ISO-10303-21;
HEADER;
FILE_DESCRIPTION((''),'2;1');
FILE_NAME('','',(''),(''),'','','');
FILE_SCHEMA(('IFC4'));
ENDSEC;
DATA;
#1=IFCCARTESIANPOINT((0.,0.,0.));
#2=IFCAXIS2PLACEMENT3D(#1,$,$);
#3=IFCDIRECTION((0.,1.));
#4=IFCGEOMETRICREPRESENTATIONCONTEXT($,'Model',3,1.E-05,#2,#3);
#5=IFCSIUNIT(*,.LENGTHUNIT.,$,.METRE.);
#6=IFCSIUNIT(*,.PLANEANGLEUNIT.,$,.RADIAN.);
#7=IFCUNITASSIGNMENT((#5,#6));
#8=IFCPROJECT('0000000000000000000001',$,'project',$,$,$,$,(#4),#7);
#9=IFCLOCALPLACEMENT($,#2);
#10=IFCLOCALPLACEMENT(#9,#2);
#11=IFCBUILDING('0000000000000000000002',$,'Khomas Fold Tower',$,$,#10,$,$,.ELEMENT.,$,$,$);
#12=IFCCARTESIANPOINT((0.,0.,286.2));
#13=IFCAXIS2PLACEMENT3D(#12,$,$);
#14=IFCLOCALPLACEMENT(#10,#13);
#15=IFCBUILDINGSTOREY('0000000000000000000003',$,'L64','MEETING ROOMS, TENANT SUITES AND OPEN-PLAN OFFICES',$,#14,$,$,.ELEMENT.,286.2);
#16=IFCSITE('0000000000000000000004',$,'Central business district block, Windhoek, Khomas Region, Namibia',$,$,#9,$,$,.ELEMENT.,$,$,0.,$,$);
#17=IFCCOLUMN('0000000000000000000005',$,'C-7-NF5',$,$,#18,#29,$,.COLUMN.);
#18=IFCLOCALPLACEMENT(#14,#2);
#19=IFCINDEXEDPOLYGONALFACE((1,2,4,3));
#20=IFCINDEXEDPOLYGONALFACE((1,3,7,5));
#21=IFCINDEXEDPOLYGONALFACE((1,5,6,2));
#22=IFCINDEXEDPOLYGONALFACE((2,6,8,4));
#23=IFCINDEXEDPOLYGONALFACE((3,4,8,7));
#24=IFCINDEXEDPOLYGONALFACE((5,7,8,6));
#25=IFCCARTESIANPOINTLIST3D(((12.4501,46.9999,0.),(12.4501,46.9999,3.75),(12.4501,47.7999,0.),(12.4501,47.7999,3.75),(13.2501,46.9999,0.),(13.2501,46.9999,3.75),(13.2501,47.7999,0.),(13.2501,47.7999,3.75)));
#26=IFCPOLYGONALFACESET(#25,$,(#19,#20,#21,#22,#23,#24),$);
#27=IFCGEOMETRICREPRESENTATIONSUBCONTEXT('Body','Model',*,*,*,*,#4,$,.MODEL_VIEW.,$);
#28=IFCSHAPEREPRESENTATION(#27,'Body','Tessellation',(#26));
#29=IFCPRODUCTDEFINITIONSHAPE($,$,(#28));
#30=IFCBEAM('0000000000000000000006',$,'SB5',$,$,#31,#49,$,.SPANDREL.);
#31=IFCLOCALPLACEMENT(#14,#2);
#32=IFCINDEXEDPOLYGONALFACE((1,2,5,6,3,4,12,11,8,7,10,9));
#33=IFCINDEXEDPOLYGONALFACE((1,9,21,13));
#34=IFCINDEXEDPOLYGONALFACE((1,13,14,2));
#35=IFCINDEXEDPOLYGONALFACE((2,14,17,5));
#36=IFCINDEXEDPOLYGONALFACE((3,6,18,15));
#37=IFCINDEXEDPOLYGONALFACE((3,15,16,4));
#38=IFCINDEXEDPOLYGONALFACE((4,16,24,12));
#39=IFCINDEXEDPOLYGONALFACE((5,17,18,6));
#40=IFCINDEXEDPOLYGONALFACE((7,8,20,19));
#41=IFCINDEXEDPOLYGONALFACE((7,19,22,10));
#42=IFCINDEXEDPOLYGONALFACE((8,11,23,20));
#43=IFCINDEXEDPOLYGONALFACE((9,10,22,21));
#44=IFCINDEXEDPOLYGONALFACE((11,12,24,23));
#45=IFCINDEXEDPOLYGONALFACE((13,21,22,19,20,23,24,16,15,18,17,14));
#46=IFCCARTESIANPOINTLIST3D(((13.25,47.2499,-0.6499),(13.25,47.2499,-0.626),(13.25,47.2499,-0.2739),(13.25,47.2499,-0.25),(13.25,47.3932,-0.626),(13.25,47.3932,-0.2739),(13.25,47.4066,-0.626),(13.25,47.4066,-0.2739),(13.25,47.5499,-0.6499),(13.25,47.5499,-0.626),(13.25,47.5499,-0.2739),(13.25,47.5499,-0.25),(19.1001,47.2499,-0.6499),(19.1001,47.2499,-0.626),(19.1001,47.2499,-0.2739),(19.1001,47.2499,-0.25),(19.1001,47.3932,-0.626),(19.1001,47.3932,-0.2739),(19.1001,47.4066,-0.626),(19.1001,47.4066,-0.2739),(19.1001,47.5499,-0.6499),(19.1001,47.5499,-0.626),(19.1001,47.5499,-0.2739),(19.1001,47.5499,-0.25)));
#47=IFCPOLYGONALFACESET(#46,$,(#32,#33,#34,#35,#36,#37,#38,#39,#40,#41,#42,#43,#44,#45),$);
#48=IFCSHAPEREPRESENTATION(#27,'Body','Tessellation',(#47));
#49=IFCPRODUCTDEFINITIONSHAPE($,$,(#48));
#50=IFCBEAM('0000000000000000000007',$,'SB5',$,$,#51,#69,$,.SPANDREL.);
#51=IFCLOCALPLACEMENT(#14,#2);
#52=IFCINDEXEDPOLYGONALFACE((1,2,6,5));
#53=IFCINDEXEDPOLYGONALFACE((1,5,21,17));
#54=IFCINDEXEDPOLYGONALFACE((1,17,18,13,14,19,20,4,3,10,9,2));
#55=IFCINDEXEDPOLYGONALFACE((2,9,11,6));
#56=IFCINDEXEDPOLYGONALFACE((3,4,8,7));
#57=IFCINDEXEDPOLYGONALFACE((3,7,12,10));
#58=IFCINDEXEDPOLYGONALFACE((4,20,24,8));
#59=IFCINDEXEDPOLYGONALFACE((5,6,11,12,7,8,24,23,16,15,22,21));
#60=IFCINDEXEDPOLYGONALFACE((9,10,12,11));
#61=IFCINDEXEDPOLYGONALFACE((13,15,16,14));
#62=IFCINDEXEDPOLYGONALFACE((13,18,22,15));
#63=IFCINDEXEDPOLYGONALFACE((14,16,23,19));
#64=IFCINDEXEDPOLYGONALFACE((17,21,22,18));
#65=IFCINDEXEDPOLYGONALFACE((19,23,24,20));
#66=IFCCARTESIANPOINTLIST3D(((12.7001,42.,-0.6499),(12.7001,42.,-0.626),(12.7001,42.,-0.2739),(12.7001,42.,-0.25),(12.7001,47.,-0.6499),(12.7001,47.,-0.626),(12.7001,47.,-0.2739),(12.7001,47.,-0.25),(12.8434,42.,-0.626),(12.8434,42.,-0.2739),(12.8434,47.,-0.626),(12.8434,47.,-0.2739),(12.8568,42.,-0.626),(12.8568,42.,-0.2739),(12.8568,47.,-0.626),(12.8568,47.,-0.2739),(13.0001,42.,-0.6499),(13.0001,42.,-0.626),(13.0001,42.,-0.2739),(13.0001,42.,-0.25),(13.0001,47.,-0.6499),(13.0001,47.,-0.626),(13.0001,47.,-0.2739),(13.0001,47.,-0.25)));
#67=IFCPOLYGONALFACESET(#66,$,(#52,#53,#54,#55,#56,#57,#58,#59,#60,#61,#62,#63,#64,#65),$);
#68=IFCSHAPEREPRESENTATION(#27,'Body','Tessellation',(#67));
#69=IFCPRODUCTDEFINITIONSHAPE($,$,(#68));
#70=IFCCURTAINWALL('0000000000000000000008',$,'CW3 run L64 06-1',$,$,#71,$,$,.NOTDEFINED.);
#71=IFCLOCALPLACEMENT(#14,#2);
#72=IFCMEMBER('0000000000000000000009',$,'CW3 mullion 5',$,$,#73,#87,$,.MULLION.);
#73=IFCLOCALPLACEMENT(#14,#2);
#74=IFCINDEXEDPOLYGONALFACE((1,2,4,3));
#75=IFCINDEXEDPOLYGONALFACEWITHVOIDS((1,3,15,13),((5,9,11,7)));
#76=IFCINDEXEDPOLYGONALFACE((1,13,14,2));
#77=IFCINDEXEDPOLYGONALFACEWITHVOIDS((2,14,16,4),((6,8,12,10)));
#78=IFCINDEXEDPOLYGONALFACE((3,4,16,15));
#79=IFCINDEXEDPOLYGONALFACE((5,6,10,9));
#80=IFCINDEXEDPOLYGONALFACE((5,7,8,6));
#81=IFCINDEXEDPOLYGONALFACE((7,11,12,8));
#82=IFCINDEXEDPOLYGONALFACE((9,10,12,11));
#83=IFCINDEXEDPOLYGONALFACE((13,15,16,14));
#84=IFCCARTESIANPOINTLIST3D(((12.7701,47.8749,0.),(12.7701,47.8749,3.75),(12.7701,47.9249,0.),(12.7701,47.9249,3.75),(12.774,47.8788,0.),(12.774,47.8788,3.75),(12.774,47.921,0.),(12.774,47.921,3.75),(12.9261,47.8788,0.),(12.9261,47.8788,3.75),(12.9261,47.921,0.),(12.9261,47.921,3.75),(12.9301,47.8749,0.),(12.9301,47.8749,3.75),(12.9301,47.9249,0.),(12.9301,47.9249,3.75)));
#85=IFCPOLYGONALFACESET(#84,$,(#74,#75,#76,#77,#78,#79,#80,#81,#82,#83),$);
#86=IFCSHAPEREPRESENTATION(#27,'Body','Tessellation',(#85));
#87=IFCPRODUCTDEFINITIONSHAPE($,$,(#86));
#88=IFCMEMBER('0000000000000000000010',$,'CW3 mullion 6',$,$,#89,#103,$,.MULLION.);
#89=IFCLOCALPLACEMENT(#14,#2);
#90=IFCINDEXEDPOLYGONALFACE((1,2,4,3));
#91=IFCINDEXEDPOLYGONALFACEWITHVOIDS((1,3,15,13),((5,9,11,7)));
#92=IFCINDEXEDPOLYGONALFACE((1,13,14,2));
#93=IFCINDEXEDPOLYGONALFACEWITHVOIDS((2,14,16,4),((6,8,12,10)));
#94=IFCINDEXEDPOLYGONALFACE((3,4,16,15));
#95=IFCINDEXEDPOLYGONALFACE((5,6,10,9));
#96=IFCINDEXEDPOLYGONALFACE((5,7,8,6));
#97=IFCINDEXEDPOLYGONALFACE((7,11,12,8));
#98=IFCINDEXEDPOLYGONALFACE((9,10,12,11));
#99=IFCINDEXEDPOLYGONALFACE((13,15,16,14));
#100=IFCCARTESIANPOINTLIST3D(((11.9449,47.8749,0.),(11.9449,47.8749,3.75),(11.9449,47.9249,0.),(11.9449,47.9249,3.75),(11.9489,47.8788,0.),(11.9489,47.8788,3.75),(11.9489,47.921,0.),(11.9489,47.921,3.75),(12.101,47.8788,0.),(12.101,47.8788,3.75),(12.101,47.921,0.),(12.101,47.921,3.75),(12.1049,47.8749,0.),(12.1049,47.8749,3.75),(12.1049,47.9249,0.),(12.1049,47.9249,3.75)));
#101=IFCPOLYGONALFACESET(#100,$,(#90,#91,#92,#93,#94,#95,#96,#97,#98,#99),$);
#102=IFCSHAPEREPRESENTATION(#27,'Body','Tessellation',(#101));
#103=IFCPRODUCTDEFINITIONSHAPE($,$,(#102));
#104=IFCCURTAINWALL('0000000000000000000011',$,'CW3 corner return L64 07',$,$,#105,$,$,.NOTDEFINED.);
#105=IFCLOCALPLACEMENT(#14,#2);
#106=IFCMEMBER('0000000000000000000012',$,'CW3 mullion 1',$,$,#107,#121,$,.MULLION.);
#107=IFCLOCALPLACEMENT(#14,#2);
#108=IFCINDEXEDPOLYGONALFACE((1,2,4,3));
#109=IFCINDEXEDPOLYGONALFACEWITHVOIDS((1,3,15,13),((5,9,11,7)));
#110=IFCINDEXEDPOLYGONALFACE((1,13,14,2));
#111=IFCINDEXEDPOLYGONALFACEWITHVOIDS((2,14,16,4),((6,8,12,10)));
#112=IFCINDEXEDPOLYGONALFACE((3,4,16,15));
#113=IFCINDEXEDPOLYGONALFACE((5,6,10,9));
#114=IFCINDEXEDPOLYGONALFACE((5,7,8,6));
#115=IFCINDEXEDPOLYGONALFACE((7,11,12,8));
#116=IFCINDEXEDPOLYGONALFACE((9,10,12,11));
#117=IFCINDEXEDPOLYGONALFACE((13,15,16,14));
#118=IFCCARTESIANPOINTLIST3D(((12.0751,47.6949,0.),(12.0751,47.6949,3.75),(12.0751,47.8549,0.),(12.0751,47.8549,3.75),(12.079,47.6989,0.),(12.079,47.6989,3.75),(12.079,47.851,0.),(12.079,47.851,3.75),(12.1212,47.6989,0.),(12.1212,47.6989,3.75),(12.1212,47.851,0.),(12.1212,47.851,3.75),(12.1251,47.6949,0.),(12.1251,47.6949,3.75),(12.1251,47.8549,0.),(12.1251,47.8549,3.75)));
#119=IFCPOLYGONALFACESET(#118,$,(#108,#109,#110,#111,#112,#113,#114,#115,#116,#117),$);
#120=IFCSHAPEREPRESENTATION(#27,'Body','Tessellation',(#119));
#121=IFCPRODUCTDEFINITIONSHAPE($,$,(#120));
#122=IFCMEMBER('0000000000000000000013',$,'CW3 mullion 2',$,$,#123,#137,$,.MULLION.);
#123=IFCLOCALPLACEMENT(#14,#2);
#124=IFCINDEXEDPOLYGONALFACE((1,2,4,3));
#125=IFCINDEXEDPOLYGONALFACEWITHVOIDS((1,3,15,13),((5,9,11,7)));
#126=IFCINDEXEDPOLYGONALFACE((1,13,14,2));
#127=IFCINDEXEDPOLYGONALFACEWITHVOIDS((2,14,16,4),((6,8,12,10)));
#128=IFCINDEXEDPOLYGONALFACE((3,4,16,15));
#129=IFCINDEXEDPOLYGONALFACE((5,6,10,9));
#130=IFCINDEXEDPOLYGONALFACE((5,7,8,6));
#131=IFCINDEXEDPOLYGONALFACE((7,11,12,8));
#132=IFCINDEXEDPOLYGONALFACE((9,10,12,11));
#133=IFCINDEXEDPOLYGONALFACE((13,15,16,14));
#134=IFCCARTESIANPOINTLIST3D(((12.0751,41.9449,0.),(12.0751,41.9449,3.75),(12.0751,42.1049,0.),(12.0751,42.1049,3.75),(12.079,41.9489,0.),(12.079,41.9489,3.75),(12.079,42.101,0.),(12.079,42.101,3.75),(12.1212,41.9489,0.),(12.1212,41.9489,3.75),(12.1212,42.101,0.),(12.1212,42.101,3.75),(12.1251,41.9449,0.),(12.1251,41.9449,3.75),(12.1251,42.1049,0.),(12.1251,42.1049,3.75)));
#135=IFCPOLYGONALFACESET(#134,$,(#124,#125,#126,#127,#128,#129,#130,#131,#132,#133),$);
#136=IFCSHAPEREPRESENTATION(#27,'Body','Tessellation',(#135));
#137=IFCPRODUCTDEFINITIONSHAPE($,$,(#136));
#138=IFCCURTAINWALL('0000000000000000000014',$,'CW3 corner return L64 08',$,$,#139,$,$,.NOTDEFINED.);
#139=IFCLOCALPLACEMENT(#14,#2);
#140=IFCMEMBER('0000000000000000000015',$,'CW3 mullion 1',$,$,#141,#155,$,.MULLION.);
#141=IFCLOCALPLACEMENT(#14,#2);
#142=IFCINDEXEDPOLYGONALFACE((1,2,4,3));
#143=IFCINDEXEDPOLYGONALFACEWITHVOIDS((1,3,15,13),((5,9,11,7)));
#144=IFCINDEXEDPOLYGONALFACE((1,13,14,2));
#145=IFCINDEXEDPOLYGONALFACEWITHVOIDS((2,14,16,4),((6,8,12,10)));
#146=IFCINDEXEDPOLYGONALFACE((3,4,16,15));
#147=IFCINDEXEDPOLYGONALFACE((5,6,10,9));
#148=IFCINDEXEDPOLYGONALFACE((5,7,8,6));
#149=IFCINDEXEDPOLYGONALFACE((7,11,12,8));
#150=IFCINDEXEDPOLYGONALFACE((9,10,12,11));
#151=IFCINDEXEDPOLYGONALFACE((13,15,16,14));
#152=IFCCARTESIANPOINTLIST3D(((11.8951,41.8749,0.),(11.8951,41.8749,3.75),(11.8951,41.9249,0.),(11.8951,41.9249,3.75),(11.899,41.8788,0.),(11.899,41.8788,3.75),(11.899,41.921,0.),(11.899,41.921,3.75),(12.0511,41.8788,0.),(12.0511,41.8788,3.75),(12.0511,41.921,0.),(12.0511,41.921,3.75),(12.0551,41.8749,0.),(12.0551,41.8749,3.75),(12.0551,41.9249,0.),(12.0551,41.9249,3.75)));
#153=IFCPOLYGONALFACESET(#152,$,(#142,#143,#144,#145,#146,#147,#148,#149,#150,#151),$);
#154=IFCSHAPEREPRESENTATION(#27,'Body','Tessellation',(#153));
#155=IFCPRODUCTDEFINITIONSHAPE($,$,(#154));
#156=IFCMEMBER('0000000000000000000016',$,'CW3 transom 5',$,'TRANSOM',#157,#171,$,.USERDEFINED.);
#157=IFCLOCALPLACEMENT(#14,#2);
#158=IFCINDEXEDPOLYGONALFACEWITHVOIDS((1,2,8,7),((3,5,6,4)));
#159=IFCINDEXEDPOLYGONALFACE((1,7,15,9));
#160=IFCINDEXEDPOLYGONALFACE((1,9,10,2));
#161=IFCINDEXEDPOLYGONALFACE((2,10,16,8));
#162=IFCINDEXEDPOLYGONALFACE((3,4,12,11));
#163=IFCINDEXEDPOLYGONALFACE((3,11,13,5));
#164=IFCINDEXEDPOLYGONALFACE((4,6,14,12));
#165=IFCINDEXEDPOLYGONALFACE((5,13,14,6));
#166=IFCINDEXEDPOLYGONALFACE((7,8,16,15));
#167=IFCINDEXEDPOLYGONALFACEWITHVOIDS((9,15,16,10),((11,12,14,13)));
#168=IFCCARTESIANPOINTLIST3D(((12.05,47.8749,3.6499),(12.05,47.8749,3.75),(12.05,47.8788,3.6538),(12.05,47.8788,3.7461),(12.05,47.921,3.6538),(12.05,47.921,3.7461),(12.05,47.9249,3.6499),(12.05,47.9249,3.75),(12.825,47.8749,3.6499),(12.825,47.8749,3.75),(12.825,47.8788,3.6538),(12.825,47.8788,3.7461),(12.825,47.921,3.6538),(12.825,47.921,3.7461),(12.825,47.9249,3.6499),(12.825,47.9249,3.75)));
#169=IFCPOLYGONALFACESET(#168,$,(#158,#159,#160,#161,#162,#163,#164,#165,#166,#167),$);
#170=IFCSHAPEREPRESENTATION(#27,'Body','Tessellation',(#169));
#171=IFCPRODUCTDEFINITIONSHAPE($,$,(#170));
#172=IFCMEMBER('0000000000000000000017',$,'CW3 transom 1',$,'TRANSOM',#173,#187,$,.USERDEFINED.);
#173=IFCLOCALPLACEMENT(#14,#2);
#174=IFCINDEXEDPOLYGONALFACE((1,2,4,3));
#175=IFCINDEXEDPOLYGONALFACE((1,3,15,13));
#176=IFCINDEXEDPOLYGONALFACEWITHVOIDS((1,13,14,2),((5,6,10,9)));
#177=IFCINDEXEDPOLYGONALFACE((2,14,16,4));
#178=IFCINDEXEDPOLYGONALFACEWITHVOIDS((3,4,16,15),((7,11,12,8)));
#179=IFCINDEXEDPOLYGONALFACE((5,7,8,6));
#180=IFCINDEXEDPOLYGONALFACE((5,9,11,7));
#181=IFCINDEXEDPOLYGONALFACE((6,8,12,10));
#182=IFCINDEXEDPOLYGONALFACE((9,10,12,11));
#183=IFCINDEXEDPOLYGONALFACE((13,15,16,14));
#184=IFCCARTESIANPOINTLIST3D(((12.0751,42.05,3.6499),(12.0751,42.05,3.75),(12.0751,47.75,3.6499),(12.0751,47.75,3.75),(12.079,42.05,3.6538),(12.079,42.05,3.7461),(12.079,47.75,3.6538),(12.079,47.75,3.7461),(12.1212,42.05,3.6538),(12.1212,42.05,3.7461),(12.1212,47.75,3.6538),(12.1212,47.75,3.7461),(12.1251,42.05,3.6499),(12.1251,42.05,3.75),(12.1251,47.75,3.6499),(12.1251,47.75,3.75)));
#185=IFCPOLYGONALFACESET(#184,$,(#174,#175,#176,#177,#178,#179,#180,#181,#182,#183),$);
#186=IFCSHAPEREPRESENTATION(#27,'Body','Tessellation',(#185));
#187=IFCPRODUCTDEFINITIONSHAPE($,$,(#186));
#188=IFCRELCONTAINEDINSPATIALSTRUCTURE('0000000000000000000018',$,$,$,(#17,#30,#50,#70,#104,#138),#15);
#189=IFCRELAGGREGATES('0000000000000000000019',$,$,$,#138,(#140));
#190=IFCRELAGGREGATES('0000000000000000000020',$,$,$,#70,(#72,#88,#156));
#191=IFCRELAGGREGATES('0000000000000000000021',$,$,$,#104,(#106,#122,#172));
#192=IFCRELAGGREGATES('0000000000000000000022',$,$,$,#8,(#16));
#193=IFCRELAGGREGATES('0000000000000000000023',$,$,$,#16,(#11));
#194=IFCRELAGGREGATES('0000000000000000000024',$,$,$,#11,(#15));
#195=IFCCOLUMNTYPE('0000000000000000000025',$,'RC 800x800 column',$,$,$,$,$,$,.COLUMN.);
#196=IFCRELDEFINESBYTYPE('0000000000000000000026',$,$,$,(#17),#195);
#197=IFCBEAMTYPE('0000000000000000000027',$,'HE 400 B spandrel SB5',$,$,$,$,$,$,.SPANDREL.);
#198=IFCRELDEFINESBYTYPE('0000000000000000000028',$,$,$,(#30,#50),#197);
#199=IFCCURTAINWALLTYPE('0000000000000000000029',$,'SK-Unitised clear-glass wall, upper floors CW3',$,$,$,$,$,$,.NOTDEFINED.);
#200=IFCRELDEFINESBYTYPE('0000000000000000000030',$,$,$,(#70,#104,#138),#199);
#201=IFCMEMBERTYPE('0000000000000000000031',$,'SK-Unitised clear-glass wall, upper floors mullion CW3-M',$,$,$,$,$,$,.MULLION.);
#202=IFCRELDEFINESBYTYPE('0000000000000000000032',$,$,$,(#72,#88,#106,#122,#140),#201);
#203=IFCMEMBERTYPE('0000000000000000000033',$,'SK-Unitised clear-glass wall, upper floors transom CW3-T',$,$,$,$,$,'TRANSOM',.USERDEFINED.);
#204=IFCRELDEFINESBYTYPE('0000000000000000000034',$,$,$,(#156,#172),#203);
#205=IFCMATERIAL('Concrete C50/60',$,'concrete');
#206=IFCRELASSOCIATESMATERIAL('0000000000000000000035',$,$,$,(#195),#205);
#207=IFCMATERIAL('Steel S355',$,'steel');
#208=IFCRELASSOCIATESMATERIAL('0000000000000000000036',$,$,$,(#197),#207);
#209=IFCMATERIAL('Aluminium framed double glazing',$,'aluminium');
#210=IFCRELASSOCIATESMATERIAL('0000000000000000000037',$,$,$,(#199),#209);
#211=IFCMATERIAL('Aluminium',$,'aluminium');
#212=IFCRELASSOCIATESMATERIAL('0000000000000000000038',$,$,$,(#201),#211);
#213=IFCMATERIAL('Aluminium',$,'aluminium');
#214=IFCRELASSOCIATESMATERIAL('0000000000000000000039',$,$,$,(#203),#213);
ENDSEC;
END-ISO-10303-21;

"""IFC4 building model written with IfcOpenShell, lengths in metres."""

from ifc_helpers import new_model, si_unit, direction, frame, origin, origin_2d, place, context, subcontext, project, spatial, rectangle, hollow_rectangle, i_section, extrude, source, transform, mapped, material, material_profile, profile_set, type_object, element, aggregate, save


model = new_model("IFC4")

# Units and contexts
model_context = context("Model", 3, precision=1e-05, world=origin(), true_north=direction((0.0, 1.0)))
body_context = subcontext(model_context, "Body", "Model", "MODEL_VIEW")
ifc_project = project(units=[si_unit("LENGTHUNIT", "METRE"), si_unit("PLANEANGLEUNIT", "RADIAN")], contexts=[model_context])

# Site, building, storey
site_placement = place(None, origin())
site = spatial("IfcSite", under=ifc_project, at=site_placement, Name="Central business district block, Windhoek, Khomas Region, Namibia", CompositionType="ELEMENT", RefElevation=0.0)
building_placement = place(site_placement, origin())
building = spatial("IfcBuilding", under=site, at=building_placement, Name="Khomas Fold Tower", CompositionType="ELEMENT")
storey_placement = place(building_placement, frame((0.0, 0.0, 286.2)))
storey = spatial("IfcBuildingStorey", under=building, at=storey_placement, Name="L64", Description="MEETING ROOMS, TENANT SUITES AND OPEN-PLAN OFFICES", CompositionType="ELEMENT", Elevation=286.2)

# Column
ifc_material_1 = material(Name="Concrete C50/60", Category="concrete")
ifc_material_profile_1 = material_profile(ifc_material_1, rectangle(XDim=0.8, YDim=0.8, at=origin_2d()), Name="RC 800x800")
ifc_profile_set_1 = profile_set([ifc_material_profile_1], Name="Concrete C50/60")
column_type = type_object("IfcColumnType", Name="RC 800x800 column", PredefinedType="COLUMN", material=ifc_profile_set_1)
shared_shape_1 = source(origin(), body_context, "Body", "SweptSolid", [
    extrude(rectangle(XDim=0.8, YDim=0.8, at=origin_2d()), origin(), (0.0, 0.0, 1.0), 3.75),
])
column_placement = place(storey_placement, frame((12.8501, 47.3999, 0.0), z_axis=(0.0, 0.0, 1.0), x_axis=(1.0, 0.0, 0.0)))
element("IfcColumn", 1, at=column_placement, inside=storey, type_object=column_type, Name="C-7-NF5", PredefinedType="COLUMN", context=body_context, shape_type="MappedRepresentation", body=[
    mapped(shared_shape_1, transform((0.0, 0.0, 0.0))),
])

# Beams
ifc_material_2 = material(Name="Steel S355", Category="steel")
ifc_material_profile_2 = material_profile(ifc_material_2, i_section(OverallWidth=0.3, OverallDepth=0.3999, WebThickness=0.0134, FlangeThickness=0.0239, at=origin_2d()), Name="HE 400 B")
ifc_profile_set_2 = profile_set([ifc_material_profile_2], Name="Steel S355")
beam_type = type_object("IfcBeamType", Name="HE 400 B spandrel SB5", PredefinedType="SPANDREL", material=ifc_profile_set_2)
shared_shape_2 = source(origin(), body_context, "Body", "SweptSolid", [
    extrude(i_section(OverallWidth=0.3, OverallDepth=0.3999, WebThickness=0.0134, FlangeThickness=0.0239, at=origin_2d()), origin(), (0.0, 0.0, 1.0), 5.8501),
])
beam_1_placement = place(storey_placement, frame((13.25, 47.3999, -0.45), z_axis=(1.0, 0.0, 0.0), x_axis=(0.0, 1.0, 0.0)))
element("IfcBeam", 2, at=beam_1_placement, inside=storey, type_object=beam_type, Name="SB5", PredefinedType="SPANDREL", context=body_context, shape_type="MappedRepresentation", body=[
    mapped(shared_shape_2, transform((0.0, 0.0, 0.0))),
])
shared_shape_3 = source(origin(), body_context, "Body", "SweptSolid", [
    extrude(i_section(OverallWidth=0.3, OverallDepth=0.3999, WebThickness=0.0134, FlangeThickness=0.0239, at=origin_2d()), origin(), (0.0, 0.0, 1.0), 5.0),
])
beam_2_placement = place(storey_placement, frame((12.8501, 42.0, -0.45), z_axis=(0.0, 1.0, 0.0), x_axis=(-1.0, 0.0, 0.0)))
element("IfcBeam", 3, at=beam_2_placement, inside=storey, type_object=beam_type, Name="SB5", PredefinedType="SPANDREL", context=body_context, shape_type="MappedRepresentation", body=[
    mapped(shared_shape_3, transform((0.0, 0.0, 0.0))),
])

# Curtain walls, members
ifc_material_3 = material(Name="Aluminium framed double glazing", Category="aluminium")
curtain_wall_type = type_object("IfcCurtainWallType", Name="SK-Unitised clear-glass wall, upper floors CW3", PredefinedType="NOTDEFINED", material=ifc_material_3)
curtain_wall_1_placement = place(storey_placement, origin())
curtain_wall_1 = element("IfcCurtainWall", 4, at=curtain_wall_1_placement, inside=storey, type_object=curtain_wall_type, Name="CW3 run L64 06-1", PredefinedType="NOTDEFINED")
ifc_material_4 = material(Name="Aluminium", Category="aluminium")
ifc_material_profile_3 = material_profile(ifc_material_4, hollow_rectangle(XDim=0.05, YDim=0.1599, WallThickness=0.0039, at=origin_2d()), Name="SK-Unitised clear-glass wall, upper floors mullion CW3-M")
ifc_profile_set_3 = profile_set([ifc_material_profile_3], Name="Aluminium")
member_type_1 = type_object("IfcMemberType", Name="SK-Unitised clear-glass wall, upper floors mullion CW3-M", PredefinedType="MULLION", material=ifc_profile_set_3)
shared_shape_4 = source(origin(), body_context, "Body", "SweptSolid", [
    extrude(hollow_rectangle(XDim=0.05, YDim=0.1599, WallThickness=0.0039, at=origin_2d()), origin(), (0.0, 0.0, 1.0), 3.75),
])
member_1_placement = place(storey_placement, frame((12.8501, 47.8999, 0.0), z_axis=(0.0, 0.0, 1.0), x_axis=(0.0, -1.0, 0.0)))
member_1 = element("IfcMember", 5, at=member_1_placement, type_object=member_type_1, Name="CW3 mullion 5", PredefinedType="MULLION", context=body_context, shape_type="MappedRepresentation", body=[
    mapped(shared_shape_4, transform((0.0, 0.0, 0.0))),
])
member_2_placement = place(storey_placement, frame((12.0249, 47.8999, 0.0), z_axis=(0.0, 0.0, 1.0), x_axis=(0.0, -1.0, 0.0)))
member_2 = element("IfcMember", 6, at=member_2_placement, type_object=member_type_1, Name="CW3 mullion 6", PredefinedType="MULLION", context=body_context, shape_type="MappedRepresentation", body=[
    mapped(shared_shape_4, transform((0.0, 0.0, 0.0))),
])
curtain_wall_2_placement = place(storey_placement, origin())
curtain_wall_2 = element("IfcCurtainWall", 7, at=curtain_wall_2_placement, inside=storey, type_object=curtain_wall_type, Name="CW3 corner return L64 07", PredefinedType="NOTDEFINED")
member_3_placement = place(storey_placement, frame((12.1001, 47.7749, 0.0), z_axis=(0.0, 0.0, 1.0), x_axis=(1.0, 0.0, 0.0)))
member_3 = element("IfcMember", 8, at=member_3_placement, type_object=member_type_1, Name="CW3 mullion 1", PredefinedType="MULLION", context=body_context, shape_type="MappedRepresentation", body=[
    mapped(shared_shape_4, transform((0.0, 0.0, 0.0))),
])
member_4_placement = place(storey_placement, frame((12.1001, 42.0249, 0.0), z_axis=(0.0, 0.0, 1.0), x_axis=(1.0, 0.0, 0.0)))
member_4 = element("IfcMember", 9, at=member_4_placement, type_object=member_type_1, Name="CW3 mullion 2", PredefinedType="MULLION", context=body_context, shape_type="MappedRepresentation", body=[
    mapped(shared_shape_4, transform((0.0, 0.0, 0.0))),
])

# Curtain wall, member
curtain_wall_3_placement = place(storey_placement, origin())
curtain_wall_3 = element("IfcCurtainWall", 10, at=curtain_wall_3_placement, inside=storey, type_object=curtain_wall_type, Name="CW3 corner return L64 08", PredefinedType="NOTDEFINED")
member_5_placement = place(storey_placement, frame((11.9751, 41.8999, 0.0), z_axis=(0.0, 0.0, 1.0), x_axis=(0.0, -1.0, 0.0)))
member_5 = element("IfcMember", 11, at=member_5_placement, type_object=member_type_1, Name="CW3 mullion 1", PredefinedType="MULLION", context=body_context, shape_type="MappedRepresentation", body=[
    mapped(shared_shape_4, transform((0.0, 0.0, 0.0))),
])

# Members
ifc_material_5 = material(Name="Aluminium", Category="aluminium")
ifc_material_profile_4 = material_profile(ifc_material_5, hollow_rectangle(XDim=0.05, YDim=0.1001, WallThickness=0.0039, at=origin_2d()), Name="SK-Unitised clear-glass wall, upper floors transom CW3-T")
ifc_profile_set_4 = profile_set([ifc_material_profile_4], Name="Aluminium")
member_type_2 = type_object("IfcMemberType", Name="SK-Unitised clear-glass wall, upper floors transom CW3-T", ElementType="TRANSOM", PredefinedType="USERDEFINED", material=ifc_profile_set_4)
shared_shape_5 = source(origin(), body_context, "Body", "SweptSolid", [
    extrude(hollow_rectangle(XDim=0.05, YDim=0.1001, WallThickness=0.0039, at=origin_2d()), origin(), (0.0, 0.0, 1.0), 0.7749),
])
member_6_placement = place(storey_placement, frame((12.825, 47.8999, 3.7), z_axis=(-1.0, 0.0, 0.0), x_axis=(0.0, -1.0, 0.0)))
member_6 = element("IfcMember", 12, at=member_6_placement, type_object=member_type_2, Name="CW3 transom 5", ObjectType="TRANSOM", PredefinedType="USERDEFINED", context=body_context, shape_type="MappedRepresentation", body=[
    mapped(shared_shape_5, transform((0.0, 0.0, 0.0))),
])
shared_shape_6 = source(origin(), body_context, "Body", "SweptSolid", [
    extrude(hollow_rectangle(XDim=0.05, YDim=0.1001, WallThickness=0.0039, at=origin_2d()), origin(), (0.0, 0.0, 1.0), 5.7),
])
member_7_placement = place(storey_placement, frame((12.1001, 47.75, 3.7), z_axis=(0.0, -1.0, 0.0), x_axis=(1.0, 0.0, 0.0)))
member_7 = element("IfcMember", 13, at=member_7_placement, type_object=member_type_2, Name="CW3 transom 1", ObjectType="TRANSOM", PredefinedType="USERDEFINED", context=body_context, shape_type="MappedRepresentation", body=[
    mapped(shared_shape_6, transform((0.0, 0.0, 0.0))),
])
aggregate(curtain_wall_3, [member_5])

aggregate(curtain_wall_1, [member_1, member_2, member_6])
aggregate(curtain_wall_2, [member_3, member_4, member_7])

save(model, "model.ifc")
